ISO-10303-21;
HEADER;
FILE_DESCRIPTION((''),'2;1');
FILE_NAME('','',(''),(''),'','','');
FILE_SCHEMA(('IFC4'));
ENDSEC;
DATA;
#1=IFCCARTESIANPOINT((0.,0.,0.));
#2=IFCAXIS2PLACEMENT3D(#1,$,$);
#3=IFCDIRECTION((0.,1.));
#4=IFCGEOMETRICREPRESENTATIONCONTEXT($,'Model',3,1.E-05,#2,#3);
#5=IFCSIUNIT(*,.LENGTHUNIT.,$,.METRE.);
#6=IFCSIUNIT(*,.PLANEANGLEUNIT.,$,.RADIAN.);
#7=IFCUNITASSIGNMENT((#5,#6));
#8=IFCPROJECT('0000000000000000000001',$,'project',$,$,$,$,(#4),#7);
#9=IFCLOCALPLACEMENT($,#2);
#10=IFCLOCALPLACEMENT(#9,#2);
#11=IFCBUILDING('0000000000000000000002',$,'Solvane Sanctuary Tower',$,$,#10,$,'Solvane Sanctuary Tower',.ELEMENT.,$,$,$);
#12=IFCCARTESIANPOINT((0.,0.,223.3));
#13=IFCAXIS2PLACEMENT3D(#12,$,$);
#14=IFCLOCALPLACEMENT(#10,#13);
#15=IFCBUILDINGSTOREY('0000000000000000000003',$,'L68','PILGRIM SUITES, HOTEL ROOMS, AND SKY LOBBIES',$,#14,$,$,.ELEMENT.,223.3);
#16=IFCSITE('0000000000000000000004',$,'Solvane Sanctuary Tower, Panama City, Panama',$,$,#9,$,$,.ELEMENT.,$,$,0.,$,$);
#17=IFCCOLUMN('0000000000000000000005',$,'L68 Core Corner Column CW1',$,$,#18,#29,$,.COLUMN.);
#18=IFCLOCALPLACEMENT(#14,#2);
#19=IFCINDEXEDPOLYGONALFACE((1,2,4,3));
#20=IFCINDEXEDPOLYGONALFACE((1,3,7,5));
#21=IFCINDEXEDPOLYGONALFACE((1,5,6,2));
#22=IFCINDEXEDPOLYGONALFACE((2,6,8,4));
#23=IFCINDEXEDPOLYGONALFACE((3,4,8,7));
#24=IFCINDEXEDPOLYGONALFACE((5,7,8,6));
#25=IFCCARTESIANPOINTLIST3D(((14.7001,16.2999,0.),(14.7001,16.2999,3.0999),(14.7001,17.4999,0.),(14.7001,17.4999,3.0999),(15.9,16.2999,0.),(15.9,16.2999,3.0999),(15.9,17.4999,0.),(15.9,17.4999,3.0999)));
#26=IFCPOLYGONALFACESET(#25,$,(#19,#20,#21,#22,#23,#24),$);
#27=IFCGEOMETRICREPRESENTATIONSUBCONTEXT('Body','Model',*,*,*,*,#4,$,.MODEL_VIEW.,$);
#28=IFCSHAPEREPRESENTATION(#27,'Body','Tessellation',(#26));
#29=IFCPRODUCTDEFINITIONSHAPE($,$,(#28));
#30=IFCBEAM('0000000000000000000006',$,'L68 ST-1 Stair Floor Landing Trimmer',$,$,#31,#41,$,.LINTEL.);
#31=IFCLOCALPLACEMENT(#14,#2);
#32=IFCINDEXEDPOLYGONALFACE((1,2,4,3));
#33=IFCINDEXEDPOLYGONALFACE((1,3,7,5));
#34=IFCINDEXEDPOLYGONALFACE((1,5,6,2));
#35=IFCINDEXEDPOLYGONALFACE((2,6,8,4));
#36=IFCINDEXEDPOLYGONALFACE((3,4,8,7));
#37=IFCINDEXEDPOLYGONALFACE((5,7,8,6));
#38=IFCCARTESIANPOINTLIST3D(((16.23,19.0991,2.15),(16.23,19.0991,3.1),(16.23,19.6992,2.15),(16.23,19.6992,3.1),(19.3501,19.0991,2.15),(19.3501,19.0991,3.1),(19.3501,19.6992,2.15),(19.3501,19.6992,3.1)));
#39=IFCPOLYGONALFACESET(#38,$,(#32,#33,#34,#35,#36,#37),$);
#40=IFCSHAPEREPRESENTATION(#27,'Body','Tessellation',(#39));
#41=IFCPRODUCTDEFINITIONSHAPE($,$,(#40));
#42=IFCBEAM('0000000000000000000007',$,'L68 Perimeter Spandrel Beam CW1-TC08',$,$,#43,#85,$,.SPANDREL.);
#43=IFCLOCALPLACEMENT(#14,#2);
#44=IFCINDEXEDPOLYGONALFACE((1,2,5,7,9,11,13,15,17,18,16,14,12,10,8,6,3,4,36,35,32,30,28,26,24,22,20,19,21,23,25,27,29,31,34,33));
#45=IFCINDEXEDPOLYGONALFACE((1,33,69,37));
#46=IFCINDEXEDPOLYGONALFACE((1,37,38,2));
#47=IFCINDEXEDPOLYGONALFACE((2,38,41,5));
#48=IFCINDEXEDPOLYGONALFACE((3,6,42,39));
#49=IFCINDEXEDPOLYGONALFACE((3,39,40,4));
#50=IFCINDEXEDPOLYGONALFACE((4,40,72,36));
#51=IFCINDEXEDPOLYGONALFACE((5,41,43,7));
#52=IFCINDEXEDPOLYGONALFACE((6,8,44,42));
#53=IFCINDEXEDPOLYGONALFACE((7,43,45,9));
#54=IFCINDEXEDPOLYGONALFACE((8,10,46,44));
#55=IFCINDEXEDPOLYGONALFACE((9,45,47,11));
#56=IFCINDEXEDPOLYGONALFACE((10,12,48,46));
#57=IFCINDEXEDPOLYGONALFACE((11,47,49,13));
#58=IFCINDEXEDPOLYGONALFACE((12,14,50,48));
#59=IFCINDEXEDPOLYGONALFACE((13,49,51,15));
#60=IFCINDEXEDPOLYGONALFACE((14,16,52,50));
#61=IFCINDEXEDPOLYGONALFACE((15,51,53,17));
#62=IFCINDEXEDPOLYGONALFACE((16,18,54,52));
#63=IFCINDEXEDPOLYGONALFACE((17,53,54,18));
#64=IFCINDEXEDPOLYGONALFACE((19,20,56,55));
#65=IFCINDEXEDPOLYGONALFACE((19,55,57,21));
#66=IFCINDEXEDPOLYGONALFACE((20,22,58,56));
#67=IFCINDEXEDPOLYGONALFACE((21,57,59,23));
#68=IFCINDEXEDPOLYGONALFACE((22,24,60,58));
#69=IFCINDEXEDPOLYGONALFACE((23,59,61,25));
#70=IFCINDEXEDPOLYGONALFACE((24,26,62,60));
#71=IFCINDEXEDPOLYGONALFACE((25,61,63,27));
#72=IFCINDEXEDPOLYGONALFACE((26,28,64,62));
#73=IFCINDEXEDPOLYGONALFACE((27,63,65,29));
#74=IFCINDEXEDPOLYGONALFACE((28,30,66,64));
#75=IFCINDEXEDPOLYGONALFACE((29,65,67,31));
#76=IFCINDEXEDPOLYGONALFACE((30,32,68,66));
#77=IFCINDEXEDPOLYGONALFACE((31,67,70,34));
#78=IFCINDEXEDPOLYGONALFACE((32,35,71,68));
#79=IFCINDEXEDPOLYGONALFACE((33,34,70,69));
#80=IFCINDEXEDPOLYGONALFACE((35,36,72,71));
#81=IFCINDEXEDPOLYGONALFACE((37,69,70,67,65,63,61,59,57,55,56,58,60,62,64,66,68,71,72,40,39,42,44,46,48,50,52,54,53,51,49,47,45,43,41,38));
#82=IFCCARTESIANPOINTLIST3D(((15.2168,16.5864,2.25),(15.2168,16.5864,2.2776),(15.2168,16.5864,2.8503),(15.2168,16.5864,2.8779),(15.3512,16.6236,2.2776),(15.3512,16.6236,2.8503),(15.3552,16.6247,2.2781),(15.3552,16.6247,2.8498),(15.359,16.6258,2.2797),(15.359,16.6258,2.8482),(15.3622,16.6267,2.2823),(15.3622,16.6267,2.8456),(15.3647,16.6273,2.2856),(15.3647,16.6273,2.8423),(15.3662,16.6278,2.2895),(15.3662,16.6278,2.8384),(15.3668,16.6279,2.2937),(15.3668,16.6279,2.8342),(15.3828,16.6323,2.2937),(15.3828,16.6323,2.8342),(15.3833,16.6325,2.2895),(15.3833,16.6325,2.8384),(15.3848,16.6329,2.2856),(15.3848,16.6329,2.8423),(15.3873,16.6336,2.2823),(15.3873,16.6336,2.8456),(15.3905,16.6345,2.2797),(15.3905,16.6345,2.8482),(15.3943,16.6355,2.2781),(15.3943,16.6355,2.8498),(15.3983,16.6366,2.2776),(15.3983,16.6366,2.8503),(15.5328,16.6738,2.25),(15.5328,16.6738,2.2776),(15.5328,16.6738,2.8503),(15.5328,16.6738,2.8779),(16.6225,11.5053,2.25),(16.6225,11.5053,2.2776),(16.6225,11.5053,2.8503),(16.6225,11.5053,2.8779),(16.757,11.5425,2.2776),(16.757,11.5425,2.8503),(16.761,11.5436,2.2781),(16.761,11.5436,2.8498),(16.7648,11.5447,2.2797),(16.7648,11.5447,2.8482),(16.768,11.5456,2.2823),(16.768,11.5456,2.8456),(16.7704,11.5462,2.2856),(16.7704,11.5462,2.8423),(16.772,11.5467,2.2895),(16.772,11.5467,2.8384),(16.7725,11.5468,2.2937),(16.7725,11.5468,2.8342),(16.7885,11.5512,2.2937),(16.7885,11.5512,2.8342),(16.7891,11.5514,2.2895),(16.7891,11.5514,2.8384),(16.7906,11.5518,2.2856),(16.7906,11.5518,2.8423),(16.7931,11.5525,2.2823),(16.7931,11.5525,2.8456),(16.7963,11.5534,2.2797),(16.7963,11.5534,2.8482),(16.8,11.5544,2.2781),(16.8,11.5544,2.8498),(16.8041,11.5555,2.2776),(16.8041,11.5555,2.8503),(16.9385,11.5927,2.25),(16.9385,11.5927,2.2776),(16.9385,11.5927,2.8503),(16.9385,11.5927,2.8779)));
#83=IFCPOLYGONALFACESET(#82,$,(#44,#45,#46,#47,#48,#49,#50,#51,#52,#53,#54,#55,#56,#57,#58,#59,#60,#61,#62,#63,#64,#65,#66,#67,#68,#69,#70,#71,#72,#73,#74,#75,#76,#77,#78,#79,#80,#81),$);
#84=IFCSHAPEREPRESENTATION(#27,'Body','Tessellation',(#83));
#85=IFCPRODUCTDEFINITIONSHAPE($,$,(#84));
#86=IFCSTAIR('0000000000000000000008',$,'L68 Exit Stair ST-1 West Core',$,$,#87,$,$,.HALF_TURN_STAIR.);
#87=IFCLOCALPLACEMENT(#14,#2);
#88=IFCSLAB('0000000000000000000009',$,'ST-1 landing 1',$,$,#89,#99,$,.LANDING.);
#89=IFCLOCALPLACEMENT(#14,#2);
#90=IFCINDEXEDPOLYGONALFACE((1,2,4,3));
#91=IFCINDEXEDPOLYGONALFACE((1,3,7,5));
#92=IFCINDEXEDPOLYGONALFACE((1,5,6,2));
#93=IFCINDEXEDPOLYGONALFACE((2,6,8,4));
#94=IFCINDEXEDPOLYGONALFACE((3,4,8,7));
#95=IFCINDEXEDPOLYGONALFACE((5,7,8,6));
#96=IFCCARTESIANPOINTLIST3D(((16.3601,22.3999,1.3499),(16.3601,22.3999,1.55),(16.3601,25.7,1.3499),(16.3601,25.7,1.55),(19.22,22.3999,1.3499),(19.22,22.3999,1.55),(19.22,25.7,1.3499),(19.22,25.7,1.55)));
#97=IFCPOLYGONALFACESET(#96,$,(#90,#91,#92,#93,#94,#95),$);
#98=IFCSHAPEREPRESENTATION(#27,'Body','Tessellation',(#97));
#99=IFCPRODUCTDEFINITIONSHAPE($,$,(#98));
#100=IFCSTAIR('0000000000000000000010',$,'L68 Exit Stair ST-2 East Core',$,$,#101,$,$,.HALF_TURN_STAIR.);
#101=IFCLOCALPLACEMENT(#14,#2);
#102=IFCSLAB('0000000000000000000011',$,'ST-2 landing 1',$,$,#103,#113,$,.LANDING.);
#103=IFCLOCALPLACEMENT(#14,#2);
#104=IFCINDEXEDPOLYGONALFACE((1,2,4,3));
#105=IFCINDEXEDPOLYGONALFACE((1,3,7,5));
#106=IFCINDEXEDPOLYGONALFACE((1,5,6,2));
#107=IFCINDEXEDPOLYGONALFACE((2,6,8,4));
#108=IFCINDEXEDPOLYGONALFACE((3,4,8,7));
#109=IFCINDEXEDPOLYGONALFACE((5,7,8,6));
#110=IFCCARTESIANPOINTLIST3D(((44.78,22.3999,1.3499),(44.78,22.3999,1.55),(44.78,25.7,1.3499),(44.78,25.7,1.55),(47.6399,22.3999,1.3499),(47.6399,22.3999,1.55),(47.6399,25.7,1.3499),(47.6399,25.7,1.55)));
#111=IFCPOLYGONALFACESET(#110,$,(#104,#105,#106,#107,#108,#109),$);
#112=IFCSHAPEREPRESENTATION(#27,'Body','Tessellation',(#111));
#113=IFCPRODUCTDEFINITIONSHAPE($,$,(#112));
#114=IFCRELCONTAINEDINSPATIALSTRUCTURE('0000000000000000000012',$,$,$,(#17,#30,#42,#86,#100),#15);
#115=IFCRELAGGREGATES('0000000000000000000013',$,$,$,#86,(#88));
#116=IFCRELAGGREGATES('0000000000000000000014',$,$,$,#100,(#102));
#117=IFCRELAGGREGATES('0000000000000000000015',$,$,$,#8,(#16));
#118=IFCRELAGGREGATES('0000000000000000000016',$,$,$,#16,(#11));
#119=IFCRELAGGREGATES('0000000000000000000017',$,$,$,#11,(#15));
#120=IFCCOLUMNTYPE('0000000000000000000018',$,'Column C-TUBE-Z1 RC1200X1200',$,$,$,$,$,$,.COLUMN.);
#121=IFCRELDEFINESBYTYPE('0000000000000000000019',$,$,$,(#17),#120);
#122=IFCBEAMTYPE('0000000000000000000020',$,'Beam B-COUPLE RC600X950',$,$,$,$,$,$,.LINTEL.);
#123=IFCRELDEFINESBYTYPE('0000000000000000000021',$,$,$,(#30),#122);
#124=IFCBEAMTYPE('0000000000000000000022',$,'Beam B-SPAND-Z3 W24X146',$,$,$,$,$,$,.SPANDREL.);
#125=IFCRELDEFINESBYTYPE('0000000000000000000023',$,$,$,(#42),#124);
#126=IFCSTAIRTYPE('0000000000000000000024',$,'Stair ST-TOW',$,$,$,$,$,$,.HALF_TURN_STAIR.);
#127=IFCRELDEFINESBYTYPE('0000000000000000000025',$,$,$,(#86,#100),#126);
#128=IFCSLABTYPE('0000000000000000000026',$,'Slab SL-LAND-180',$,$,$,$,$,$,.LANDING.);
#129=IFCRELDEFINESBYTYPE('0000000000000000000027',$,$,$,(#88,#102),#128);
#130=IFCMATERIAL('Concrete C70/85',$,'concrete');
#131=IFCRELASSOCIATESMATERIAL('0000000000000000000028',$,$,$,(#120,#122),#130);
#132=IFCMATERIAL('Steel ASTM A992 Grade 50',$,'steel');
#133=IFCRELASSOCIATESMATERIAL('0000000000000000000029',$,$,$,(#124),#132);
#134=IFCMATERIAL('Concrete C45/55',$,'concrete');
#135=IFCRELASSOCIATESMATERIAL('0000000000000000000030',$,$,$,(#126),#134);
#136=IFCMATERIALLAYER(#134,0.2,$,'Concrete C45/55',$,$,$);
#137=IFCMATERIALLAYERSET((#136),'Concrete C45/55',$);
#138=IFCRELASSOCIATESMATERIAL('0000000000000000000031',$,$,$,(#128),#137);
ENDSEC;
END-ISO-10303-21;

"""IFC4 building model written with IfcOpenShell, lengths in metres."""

from ifc_helpers import new_model, si_unit, direction, frame, origin, origin_2d, place, context, subcontext, project, spatial, polyline, rectangle, i_section, outline, extrude, material, layer, layer_set, material_profile, profile_set, type_object, element, aggregate, save


model = new_model("IFC4")

# Units and contexts
model_context = context("Model", 3, precision=1e-05, world=origin(), true_north=direction((0.0, 1.0)))
body_context = subcontext(model_context, "Body", "Model", "MODEL_VIEW")
ifc_project = project(units=[si_unit("LENGTHUNIT", "METRE"), si_unit("PLANEANGLEUNIT", "RADIAN")], contexts=[model_context])

# Site, building, storey
site_placement = place(None, origin())
site = spatial("IfcSite", under=ifc_project, at=site_placement, Name="Solvane Sanctuary Tower, Panama City, Panama", CompositionType="ELEMENT", RefElevation=0.0)
building_placement = place(site_placement, origin())
building = spatial("IfcBuilding", under=site, at=building_placement, Name="Solvane Sanctuary Tower", LongName="Solvane Sanctuary Tower", CompositionType="ELEMENT")
storey_placement = place(building_placement, frame((0.0, 0.0, 223.3)))
storey = spatial("IfcBuildingStorey", under=building, at=storey_placement, Name="L68", Description="PILGRIM SUITES, HOTEL ROOMS, AND SKY LOBBIES", CompositionType="ELEMENT", Elevation=223.3)

# Column
ifc_material_1 = material(Name="Concrete C70/85", Category="concrete")
ifc_material_profile_1 = material_profile(ifc_material_1, rectangle(XDim=1.2, YDim=1.2, at=origin_2d()), Name="RC1200X1200")
ifc_profile_set_1 = profile_set([ifc_material_profile_1], Name="Concrete C70/85")
column_type = type_object("IfcColumnType", Name="Column C-TUBE-Z1 RC1200X1200", PredefinedType="COLUMN", material=ifc_profile_set_1)
column_placement = place(storey_placement, frame((15.3, 16.8999, 0.0), z_axis=(0.0, 0.0, 1.0), x_axis=(1.0, 0.0, 0.0)))
element("IfcColumn", 1, at=column_placement, inside=storey, type_object=column_type, Name="L68 Core Corner Column CW1", PredefinedType="COLUMN", context=body_context, shape_type="SweptSolid", body=[
    extrude(rectangle(XDim=1.2, YDim=1.2, at=origin_2d()), origin(), (0.0, 0.0, 1.0), 3.0999),
])

# Beams
ifc_material_profile_2 = material_profile(ifc_material_1, rectangle(XDim=0.6001, YDim=0.95, at=origin_2d()), Name="RC600X950")
ifc_profile_set_2 = profile_set([ifc_material_profile_2], Name="Concrete C70/85")
beam_type_1 = type_object("IfcBeamType", Name="Beam B-COUPLE RC600X950", PredefinedType="LINTEL", material=ifc_profile_set_2)
beam_1_placement = place(storey_placement, frame((16.23, 19.3992, 2.625), z_axis=(1.0, 0.0, 0.0), x_axis=(0.0, 1.0, 0.0)))
element("IfcBeam", 2, at=beam_1_placement, inside=storey, type_object=beam_type_1, Name="L68 ST-1 Stair Floor Landing Trimmer", PredefinedType="LINTEL", context=body_context, shape_type="SweptSolid", body=[
    extrude(rectangle(XDim=0.6001, YDim=0.95, at=origin_2d()), origin(), (0.0, 0.0, 1.0), 3.1201),
])
ifc_material_2 = material(Name="Steel ASTM A992 Grade 50", Category="steel")
ifc_material_profile_3 = material_profile(ifc_material_2, i_section(OverallWidth=0.3279, OverallDepth=0.6279, WebThickness=0.0166, FlangeThickness=0.0276, FilletRadius=0.0161, at=origin_2d()), Name="W24X146")
ifc_profile_set_3 = profile_set([ifc_material_profile_3], Name="Steel ASTM A992 Grade 50")
beam_type_2 = type_object("IfcBeamType", Name="Beam B-SPAND-Z3 W24X146", PredefinedType="SPANDREL", material=ifc_profile_set_3)
beam_2_placement = place(storey_placement, frame((15.3748, 16.6301, 2.564), z_axis=(0.26665, -0.963793, 0.0), x_axis=(0.963793, 0.26665, 0.0)))
element("IfcBeam", 3, at=beam_2_placement, inside=storey, type_object=beam_type_2, Name="L68 Perimeter Spandrel Beam CW1-TC08", PredefinedType="SPANDREL", context=body_context, shape_type="SweptSolid", body=[
    extrude(i_section(OverallWidth=0.3279, OverallDepth=0.6279, WebThickness=0.0166, FlangeThickness=0.0276, FilletRadius=0.0161, at=origin_2d()), origin(), (0.0, 0.0, 1.0), 5.272),
])

# Stairs, slabs
ifc_material_3 = material(Name="Concrete C45/55", Category="concrete")
stair_type = type_object("IfcStairType", Name="Stair ST-TOW", PredefinedType="HALF_TURN_STAIR", material=ifc_material_3)
stair_1_placement = place(storey_placement, origin())
stair_1 = element("IfcStair", 4, at=stair_1_placement, inside=storey, type_object=stair_type, Name="L68 Exit Stair ST-1 West Core", PredefinedType="HALF_TURN_STAIR")
ifc_layer_1 = layer(ifc_material_3, 0.2, Name="Concrete C45/55")
ifc_layer_set_1 = layer_set([ifc_layer_1], Name="Concrete C45/55")
slab_type_1 = type_object("IfcSlabType", Name="Slab SL-LAND-180", PredefinedType="LANDING", material=ifc_layer_set_1)
slab_1_placement = place(storey_placement, frame((0.0, 0.0, 1.3499)))
slab_1 = element("IfcSlab", 5, at=slab_1_placement, type_object=slab_type_1, Name="ST-1 landing 1", PredefinedType="LANDING", context=body_context, shape_type="SweptSolid", body=[
    extrude(outline(polyline([(19.22, 22.3999), (19.22, 25.7), (16.3601, 25.7), (16.3601, 22.3999), (19.22, 22.3999)])), origin(), (0.0, 0.0, 1.0), 0.2002),
])
aggregate(stair_1, [slab_1])
stair_2_placement = place(storey_placement, origin())
stair_2 = element("IfcStair", 6, at=stair_2_placement, inside=storey, type_object=stair_type, Name="L68 Exit Stair ST-2 East Core", PredefinedType="HALF_TURN_STAIR")
slab_2_placement = place(storey_placement, frame((0.0, 0.0, 1.3499)))
slab_2 = element("IfcSlab", 7, at=slab_2_placement, type_object=slab_type_1, Name="ST-2 landing 1", PredefinedType="LANDING", context=body_context, shape_type="SweptSolid", body=[
    extrude(outline(polyline([(47.6399, 22.3999), (47.6399, 25.7), (44.78, 25.7), (44.78, 22.3999), (47.6399, 22.3999)])), origin(), (0.0, 0.0, 1.0), 0.2002),
])
aggregate(stair_2, [slab_2])

save(model, "model.ifc")
